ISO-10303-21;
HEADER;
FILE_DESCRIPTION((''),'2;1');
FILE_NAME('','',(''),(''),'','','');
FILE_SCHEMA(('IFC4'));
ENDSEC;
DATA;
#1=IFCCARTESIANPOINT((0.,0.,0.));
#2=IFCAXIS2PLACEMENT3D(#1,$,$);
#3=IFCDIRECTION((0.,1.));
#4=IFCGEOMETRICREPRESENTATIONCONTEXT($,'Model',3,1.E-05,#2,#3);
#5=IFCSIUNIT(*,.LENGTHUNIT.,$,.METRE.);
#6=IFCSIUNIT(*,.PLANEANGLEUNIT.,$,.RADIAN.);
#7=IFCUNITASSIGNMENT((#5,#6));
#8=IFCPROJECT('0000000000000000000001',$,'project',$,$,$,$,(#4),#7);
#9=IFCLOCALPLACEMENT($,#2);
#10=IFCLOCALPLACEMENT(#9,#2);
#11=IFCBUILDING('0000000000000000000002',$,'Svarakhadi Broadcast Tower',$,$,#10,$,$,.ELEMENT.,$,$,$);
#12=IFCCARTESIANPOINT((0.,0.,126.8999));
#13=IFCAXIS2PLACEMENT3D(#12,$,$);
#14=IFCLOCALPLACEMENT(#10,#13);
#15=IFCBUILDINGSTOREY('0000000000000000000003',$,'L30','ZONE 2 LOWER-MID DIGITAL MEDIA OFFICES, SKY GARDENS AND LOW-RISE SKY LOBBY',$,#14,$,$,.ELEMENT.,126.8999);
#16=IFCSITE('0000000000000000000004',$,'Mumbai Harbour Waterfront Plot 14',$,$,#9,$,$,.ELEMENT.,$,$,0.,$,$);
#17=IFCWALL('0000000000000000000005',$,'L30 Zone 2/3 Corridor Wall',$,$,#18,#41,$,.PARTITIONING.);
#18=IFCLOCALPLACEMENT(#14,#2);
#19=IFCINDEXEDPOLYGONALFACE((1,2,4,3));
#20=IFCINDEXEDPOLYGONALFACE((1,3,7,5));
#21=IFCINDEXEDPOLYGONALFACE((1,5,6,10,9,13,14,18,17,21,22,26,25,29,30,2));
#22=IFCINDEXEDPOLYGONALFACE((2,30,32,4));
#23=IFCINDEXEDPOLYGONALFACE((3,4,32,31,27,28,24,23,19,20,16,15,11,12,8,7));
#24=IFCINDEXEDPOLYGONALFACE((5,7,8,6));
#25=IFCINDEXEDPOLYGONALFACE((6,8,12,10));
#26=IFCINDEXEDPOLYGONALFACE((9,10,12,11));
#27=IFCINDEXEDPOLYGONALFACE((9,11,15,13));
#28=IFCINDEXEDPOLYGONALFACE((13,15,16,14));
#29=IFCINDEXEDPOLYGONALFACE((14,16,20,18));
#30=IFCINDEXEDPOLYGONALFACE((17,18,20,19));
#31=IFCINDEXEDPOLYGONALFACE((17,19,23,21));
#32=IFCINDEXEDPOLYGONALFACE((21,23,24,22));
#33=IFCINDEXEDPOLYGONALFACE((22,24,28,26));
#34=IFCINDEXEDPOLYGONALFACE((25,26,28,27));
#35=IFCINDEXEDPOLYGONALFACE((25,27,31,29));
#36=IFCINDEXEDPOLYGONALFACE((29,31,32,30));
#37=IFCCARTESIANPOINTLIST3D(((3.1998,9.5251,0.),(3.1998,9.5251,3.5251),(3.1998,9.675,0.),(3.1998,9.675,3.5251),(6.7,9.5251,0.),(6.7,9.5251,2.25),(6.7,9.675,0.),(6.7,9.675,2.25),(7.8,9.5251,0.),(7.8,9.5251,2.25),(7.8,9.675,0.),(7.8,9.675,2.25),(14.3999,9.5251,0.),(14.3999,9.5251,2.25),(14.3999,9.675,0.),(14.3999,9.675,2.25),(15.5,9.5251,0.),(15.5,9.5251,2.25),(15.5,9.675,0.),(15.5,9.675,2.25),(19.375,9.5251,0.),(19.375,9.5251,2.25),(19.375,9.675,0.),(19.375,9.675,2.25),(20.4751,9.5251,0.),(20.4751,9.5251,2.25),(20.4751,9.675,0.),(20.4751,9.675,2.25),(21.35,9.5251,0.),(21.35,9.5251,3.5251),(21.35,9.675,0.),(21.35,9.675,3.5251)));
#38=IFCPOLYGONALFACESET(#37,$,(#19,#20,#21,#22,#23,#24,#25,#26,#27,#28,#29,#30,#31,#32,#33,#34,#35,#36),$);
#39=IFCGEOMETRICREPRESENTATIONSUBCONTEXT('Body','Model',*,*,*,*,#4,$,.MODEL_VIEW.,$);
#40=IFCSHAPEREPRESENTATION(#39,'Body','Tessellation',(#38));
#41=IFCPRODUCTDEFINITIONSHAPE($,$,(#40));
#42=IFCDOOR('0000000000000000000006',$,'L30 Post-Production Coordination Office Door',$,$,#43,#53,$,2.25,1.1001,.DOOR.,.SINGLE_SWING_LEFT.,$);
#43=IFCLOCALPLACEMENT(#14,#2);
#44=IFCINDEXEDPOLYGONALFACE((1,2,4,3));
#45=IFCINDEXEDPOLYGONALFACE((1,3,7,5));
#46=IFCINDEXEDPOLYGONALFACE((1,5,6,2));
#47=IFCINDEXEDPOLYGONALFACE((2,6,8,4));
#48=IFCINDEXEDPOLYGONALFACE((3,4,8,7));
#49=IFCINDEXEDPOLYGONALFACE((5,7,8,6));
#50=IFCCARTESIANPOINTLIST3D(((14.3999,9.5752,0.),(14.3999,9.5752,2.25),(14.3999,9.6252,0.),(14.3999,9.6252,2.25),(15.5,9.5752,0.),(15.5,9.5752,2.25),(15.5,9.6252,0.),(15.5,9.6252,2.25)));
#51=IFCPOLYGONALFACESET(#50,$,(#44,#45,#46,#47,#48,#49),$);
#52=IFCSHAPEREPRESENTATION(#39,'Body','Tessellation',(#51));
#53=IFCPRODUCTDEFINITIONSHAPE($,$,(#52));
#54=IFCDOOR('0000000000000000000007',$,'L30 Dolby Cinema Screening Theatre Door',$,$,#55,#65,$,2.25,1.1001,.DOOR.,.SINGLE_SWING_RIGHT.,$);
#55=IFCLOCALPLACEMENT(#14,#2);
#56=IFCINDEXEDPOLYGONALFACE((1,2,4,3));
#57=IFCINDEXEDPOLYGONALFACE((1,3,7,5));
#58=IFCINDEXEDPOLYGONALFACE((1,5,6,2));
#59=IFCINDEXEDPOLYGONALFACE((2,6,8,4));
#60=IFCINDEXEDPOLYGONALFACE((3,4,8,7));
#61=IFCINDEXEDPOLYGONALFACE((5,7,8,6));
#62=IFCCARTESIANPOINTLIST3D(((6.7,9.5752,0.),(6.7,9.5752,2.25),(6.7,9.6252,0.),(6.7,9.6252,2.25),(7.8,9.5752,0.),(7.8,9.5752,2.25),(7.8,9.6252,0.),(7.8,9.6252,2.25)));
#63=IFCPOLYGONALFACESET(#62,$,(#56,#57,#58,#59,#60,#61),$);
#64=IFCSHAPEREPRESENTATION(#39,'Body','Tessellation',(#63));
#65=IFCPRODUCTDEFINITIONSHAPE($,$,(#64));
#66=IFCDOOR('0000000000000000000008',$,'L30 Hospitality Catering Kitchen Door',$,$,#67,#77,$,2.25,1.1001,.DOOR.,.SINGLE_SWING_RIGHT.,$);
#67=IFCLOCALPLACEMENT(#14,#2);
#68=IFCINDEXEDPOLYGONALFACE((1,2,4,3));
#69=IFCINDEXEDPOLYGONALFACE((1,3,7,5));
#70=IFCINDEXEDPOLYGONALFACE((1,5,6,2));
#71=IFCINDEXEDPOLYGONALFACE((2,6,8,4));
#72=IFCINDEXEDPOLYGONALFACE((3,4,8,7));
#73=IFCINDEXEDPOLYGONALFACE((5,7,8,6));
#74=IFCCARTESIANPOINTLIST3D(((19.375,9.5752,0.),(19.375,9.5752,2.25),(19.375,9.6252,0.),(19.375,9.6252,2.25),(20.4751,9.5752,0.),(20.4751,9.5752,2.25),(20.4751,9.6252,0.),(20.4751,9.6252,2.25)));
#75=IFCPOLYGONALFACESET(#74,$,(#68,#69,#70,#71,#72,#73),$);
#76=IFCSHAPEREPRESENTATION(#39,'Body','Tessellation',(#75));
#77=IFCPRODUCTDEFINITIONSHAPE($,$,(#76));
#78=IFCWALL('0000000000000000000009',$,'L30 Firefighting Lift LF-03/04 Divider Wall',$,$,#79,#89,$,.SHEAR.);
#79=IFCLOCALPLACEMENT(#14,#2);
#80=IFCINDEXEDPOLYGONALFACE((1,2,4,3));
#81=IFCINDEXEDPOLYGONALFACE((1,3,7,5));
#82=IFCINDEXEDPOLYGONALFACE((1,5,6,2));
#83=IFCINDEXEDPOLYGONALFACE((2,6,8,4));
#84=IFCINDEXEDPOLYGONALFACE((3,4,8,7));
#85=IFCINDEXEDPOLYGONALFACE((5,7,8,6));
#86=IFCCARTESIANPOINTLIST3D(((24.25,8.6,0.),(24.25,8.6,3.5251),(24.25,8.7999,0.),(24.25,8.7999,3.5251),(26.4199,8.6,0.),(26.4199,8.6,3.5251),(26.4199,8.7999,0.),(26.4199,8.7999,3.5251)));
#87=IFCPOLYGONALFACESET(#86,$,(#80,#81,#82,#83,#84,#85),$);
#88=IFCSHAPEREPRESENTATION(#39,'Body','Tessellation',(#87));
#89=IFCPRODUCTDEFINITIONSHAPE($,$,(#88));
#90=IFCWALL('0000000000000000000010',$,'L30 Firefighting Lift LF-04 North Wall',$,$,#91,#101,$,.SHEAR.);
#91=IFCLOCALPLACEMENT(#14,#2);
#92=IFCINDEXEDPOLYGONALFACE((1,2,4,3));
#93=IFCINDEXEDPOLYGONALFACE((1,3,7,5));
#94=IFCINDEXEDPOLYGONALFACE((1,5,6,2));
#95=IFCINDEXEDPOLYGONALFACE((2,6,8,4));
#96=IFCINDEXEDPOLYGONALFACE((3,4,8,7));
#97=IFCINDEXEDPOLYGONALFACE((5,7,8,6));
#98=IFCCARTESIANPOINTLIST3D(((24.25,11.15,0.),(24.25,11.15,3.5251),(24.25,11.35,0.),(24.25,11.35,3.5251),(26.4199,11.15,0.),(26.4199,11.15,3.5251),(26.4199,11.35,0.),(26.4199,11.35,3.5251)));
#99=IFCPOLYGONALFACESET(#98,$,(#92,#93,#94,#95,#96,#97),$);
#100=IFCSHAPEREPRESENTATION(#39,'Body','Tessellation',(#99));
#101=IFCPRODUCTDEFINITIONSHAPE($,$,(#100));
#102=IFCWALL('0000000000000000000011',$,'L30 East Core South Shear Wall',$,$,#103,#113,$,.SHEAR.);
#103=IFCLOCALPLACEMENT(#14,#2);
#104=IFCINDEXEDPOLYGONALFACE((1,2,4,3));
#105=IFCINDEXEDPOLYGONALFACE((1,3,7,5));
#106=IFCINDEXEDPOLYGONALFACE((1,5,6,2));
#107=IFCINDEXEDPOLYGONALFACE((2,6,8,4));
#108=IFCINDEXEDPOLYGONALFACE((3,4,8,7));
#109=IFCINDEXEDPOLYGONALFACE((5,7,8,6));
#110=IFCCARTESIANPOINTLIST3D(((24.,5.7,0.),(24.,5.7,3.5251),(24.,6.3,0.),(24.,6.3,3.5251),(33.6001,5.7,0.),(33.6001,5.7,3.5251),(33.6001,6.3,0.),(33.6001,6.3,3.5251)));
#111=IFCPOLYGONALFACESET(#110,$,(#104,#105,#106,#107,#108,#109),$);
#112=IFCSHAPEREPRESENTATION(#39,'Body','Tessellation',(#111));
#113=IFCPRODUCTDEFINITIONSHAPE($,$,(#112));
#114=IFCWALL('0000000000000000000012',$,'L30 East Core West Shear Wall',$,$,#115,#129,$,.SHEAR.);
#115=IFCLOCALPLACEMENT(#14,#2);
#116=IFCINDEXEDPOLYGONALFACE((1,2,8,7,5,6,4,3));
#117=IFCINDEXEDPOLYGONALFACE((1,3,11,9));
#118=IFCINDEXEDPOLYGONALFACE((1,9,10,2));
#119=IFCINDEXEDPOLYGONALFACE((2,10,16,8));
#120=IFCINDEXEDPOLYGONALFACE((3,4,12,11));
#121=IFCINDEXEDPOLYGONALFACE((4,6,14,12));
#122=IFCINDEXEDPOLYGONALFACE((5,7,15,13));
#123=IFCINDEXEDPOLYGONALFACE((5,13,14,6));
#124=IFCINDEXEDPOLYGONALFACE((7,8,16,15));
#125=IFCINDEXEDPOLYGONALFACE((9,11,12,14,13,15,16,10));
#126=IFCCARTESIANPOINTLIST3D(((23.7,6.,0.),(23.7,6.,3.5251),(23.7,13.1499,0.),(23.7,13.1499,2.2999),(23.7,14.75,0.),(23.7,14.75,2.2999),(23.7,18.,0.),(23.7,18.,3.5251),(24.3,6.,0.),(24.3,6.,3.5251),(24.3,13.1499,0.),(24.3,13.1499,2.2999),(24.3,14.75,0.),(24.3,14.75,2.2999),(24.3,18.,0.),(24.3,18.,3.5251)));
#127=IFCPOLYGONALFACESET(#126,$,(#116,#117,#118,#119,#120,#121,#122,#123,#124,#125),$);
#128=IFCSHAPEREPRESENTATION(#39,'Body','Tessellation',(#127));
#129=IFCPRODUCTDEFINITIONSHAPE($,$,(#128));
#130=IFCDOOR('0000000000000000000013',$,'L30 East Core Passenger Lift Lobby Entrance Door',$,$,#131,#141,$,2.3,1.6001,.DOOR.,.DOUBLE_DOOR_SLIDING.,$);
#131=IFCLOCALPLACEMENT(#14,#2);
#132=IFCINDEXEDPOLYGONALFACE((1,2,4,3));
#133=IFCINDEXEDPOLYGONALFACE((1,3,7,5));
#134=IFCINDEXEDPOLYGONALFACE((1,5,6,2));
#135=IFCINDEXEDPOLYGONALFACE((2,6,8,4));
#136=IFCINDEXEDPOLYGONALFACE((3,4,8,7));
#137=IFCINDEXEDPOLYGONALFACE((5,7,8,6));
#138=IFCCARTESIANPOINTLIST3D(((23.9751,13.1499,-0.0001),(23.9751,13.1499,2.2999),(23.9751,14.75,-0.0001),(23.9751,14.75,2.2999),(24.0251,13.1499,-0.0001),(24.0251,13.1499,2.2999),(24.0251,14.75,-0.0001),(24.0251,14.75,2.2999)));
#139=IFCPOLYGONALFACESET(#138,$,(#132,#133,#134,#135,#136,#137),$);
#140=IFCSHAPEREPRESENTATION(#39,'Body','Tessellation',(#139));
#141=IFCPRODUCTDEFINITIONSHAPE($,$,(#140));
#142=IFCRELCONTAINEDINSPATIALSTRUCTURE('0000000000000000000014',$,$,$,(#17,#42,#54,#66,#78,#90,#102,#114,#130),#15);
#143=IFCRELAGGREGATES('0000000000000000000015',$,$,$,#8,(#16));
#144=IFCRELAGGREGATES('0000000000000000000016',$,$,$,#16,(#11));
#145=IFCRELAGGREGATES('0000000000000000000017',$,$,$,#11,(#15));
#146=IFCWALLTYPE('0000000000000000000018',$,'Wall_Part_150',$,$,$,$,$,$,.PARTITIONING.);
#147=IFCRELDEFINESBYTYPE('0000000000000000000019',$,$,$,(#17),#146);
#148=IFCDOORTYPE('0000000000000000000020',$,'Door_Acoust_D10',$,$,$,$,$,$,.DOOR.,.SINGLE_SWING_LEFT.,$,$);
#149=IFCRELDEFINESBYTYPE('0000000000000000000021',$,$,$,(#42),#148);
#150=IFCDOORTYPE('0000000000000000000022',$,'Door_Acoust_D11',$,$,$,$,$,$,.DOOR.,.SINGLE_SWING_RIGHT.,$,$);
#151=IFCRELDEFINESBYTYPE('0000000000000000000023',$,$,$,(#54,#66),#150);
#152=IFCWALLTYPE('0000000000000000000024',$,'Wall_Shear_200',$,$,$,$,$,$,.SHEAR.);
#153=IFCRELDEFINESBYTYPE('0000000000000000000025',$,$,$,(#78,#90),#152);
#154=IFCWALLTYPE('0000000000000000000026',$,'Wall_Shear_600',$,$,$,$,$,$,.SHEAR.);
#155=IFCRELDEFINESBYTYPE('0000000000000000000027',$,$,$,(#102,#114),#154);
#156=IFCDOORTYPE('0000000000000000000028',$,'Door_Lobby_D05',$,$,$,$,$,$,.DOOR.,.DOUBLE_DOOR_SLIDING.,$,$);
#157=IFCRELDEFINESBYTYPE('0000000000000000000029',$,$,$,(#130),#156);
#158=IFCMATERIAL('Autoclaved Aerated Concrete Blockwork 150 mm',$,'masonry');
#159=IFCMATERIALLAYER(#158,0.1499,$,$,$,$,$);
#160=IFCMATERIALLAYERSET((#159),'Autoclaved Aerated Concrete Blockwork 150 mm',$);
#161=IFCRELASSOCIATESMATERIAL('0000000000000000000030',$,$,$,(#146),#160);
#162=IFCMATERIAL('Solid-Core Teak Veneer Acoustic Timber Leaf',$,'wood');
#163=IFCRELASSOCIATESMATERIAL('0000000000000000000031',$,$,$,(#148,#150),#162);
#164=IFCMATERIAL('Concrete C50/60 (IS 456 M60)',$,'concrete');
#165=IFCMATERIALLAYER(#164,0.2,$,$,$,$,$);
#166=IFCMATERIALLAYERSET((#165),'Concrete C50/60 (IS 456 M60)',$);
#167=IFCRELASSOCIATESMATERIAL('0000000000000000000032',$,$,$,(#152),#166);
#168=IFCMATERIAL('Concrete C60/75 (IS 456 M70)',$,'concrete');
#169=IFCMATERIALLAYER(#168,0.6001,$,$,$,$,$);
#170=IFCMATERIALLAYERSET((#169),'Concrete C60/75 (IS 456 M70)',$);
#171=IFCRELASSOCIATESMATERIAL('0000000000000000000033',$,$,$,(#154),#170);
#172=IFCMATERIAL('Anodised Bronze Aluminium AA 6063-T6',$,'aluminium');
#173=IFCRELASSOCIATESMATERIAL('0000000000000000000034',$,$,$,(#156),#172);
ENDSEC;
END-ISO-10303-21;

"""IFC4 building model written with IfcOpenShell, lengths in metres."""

from ifc_helpers import new_model, si_unit, direction, frame, frame_2d, origin, place, context, subcontext, project, spatial, rectangle, extrude, material, layer, layer_set, type_object, element, fill, save


model = new_model("IFC4")

# Units and contexts
model_context = context("Model", 3, precision=1e-05, world=origin(), true_north=direction((0.0, 1.0)))
body_context = subcontext(model_context, "Body", "Model", "MODEL_VIEW")
ifc_project = project(units=[si_unit("LENGTHUNIT", "METRE"), si_unit("PLANEANGLEUNIT", "RADIAN")], contexts=[model_context])

# Site, building, storey
site_placement = place(None, origin())
site = spatial("IfcSite", under=ifc_project, at=site_placement, Name="Mumbai Harbour Waterfront Plot 14", CompositionType="ELEMENT", RefElevation=0.0)
building_placement = place(site_placement, origin())
building = spatial("IfcBuilding", under=site, at=building_placement, Name="Svarakhadi Broadcast Tower", CompositionType="ELEMENT")
storey_placement = place(building_placement, frame((0.0, 0.0, 126.8999)))
storey = spatial("IfcBuildingStorey", under=building, at=storey_placement, Name="L30", Description="ZONE 2 LOWER-MID DIGITAL MEDIA OFFICES, SKY GARDENS AND LOW-RISE SKY LOBBY", CompositionType="ELEMENT", Elevation=126.8999)

# Shared definitions
ifc_material_1 = material(Name="Concrete C50/60 (IS 456 M60)", Category="concrete")

# Shared definitions
ifc_material_2 = material(Name="Autoclaved Aerated Concrete Blockwork 150 mm", Category="masonry")
ifc_layer_1 = layer(ifc_material_2, 0.1499)
ifc_layer_set_1 = layer_set([ifc_layer_1], Name="Autoclaved Aerated Concrete Blockwork 150 mm")
wall_type_1 = type_object("IfcWallType", Name="Wall_Part_150", PredefinedType="PARTITIONING", material=ifc_layer_set_1)

# Wall, openings, doors
wall_1_placement = place(storey_placement, frame((21.3501, 9.6001, 0.0), z_axis=(0.0, 0.0, 1.0), x_axis=(-1.0, 0.0, 0.0)))
wall_1 = element("IfcWall", 1, at=wall_1_placement, inside=storey, type_object=wall_type_1, Name="L30 Zone 2/3 Corridor Wall", PredefinedType="PARTITIONING", context=body_context, shape_type="SweptSolid", body=[
    extrude(rectangle(XDim=18.1501, YDim=0.1499, at=frame_2d((9.0752, 0.0))), origin(), (0.0, 0.0, 1.0), 3.5251),
])
opening_1_placement = place(wall_1_placement, frame((13.55, 0.0, 0.0)))
opening_1 = element("IfcOpeningElement", 2, at=opening_1_placement, cuts=wall_1, PredefinedType="OPENING", context=body_context, shape_type="SweptSolid", body=[
    extrude(rectangle(XDim=1.1001, YDim=2.25, at=frame_2d((0.55, 1.125))), frame((0.0, 0.085, 0.0), z_axis=(0.0, -1.0, 0.0), x_axis=(1.0, 0.0, 0.0)), (0.0, 0.0, 1.0), 0.1699),
])
opening_2_placement = place(wall_1_placement, frame((5.8501, 0.0, 0.0)))
opening_2 = element("IfcOpeningElement", 3, at=opening_2_placement, cuts=wall_1, PredefinedType="OPENING", context=body_context, shape_type="SweptSolid", body=[
    extrude(rectangle(XDim=1.1001, YDim=2.25, at=frame_2d((0.55, 1.125))), frame((0.0, 0.085, 0.0), z_axis=(0.0, -1.0, 0.0), x_axis=(1.0, 0.0, 0.0)), (0.0, 0.0, 1.0), 0.1699),
])
opening_3_placement = place(wall_1_placement, frame((0.875, 0.0, 0.0)))
opening_3 = element("IfcOpeningElement", 4, at=opening_3_placement, cuts=wall_1, PredefinedType="OPENING", context=body_context, shape_type="SweptSolid", body=[
    extrude(rectangle(XDim=1.1001, YDim=2.25, at=frame_2d((0.55, 1.125))), frame((0.0, 0.085, 0.0), z_axis=(0.0, -1.0, 0.0), x_axis=(1.0, 0.0, 0.0)), (0.0, 0.0, 1.0), 0.1699),
])
ifc_material_3 = material(Name="Solid-Core Teak Veneer Acoustic Timber Leaf", Category="wood")
door_type_1 = type_object("IfcDoorType", Name="Door_Acoust_D10", OperationType="SINGLE_SWING_LEFT", PredefinedType="DOOR", material=ifc_material_3)
door_1_placement = place(opening_2_placement, origin())
door_1 = element("IfcDoor", 5, at=door_1_placement, inside=storey, type_object=door_type_1, Name="L30 Post-Production Coordination Office Door", OperationType="SINGLE_SWING_LEFT", OverallHeight=2.25, OverallWidth=1.1001, PredefinedType="DOOR", context=body_context, shape_type="SweptSolid", body=[
    extrude(rectangle(XDim=1.1001, YDim=2.25, at=frame_2d((0.55, 1.125))), frame((0.0, 0.0249, 0.0), z_axis=(0.0, -1.0, 0.0), x_axis=(1.0, 0.0, 0.0)), (0.0, 0.0, 1.0), 0.05),
])
fill(opening_2, door_1)
door_type_2 = type_object("IfcDoorType", Name="Door_Acoust_D11", OperationType="SINGLE_SWING_RIGHT", PredefinedType="DOOR", material=ifc_material_3)
door_2_placement = place(opening_1_placement, origin())
door_2 = element("IfcDoor", 6, at=door_2_placement, inside=storey, type_object=door_type_2, Name="L30 Dolby Cinema Screening Theatre Door", OperationType="SINGLE_SWING_RIGHT", OverallHeight=2.25, OverallWidth=1.1001, PredefinedType="DOOR", context=body_context, shape_type="SweptSolid", body=[
    extrude(rectangle(XDim=1.1001, YDim=2.25, at=frame_2d((0.55, 1.125))), frame((0.0, 0.0249, 0.0), z_axis=(0.0, -1.0, 0.0), x_axis=(1.0, 0.0, 0.0)), (0.0, 0.0, 1.0), 0.05),
])
fill(opening_1, door_2)
door_3_placement = place(opening_3_placement, origin())
door_3 = element("IfcDoor", 7, at=door_3_placement, inside=storey, type_object=door_type_2, Name="L30 Hospitality Catering Kitchen Door", OperationType="SINGLE_SWING_RIGHT", OverallHeight=2.25, OverallWidth=1.1001, PredefinedType="DOOR", context=body_context, shape_type="SweptSolid", body=[
    extrude(rectangle(XDim=1.1001, YDim=2.25, at=frame_2d((0.55, 1.125))), frame((0.0, 0.0249, 0.0), z_axis=(0.0, -1.0, 0.0), x_axis=(1.0, 0.0, 0.0)), (0.0, 0.0, 1.0), 0.05),
])
fill(opening_3, door_3)

# Walls
ifc_layer_2 = layer(ifc_material_1, 0.2)
ifc_layer_set_2 = layer_set([ifc_layer_2], Name="Concrete C50/60 (IS 456 M60)")
wall_type_2 = type_object("IfcWallType", Name="Wall_Shear_200", PredefinedType="SHEAR", material=ifc_layer_set_2)
for number, where, z_axis, x_axis, name in (
    (8, (24.25, 8.7, 0.0), (0.0, 0.0, 1.0), (1.0, 0.0, 0.0), "L30 Firefighting Lift LF-03/04 Divider Wall"),
    (9, (24.25, 11.25, 0.0), (0.0, 0.0, 1.0), (1.0, 0.0, 0.0), "L30 Firefighting Lift LF-04 North Wall"),
):
    element("IfcWall", number, at=place(storey_placement, frame(where, z_axis=z_axis, x_axis=x_axis)), inside=storey, type_object=wall_type_2, Name=name, PredefinedType="SHEAR", context=body_context, shape_type="SweptSolid", body=[
        extrude(rectangle(XDim=2.1699, YDim=0.2, at=frame_2d((1.085, 0.0))), origin(), (0.0, 0.0, 1.0), 3.5251),
    ])
ifc_material_4 = material(Name="Concrete C60/75 (IS 456 M70)", Category="concrete")
ifc_layer_3 = layer(ifc_material_4, 0.6001)
ifc_layer_set_3 = layer_set([ifc_layer_3], Name="Concrete C60/75 (IS 456 M70)")
wall_type_3 = type_object("IfcWallType", Name="Wall_Shear_600", PredefinedType="SHEAR", material=ifc_layer_set_3)
wall_2_placement = place(storey_placement, frame((24.0, 6.0, 0.0), z_axis=(0.0, 0.0, 1.0), x_axis=(1.0, 0.0, 0.0)))
element("IfcWall", 10, at=wall_2_placement, inside=storey, type_object=wall_type_3, Name="L30 East Core South Shear Wall", PredefinedType="SHEAR", context=body_context, shape_type="SweptSolid", body=[
    extrude(rectangle(XDim=9.6001, YDim=0.6001, at=frame_2d((4.8, 0.0))), origin(), (0.0, 0.0, 1.0), 3.5251),
])

# Wall, opening, door
wall_3_placement = place(storey_placement, frame((24.0, 6.0, 0.0), z_axis=(0.0, 0.0, 1.0), x_axis=(0.0, 1.0, 0.0)))
wall_3 = element("IfcWall", 11, at=wall_3_placement, inside=storey, type_object=wall_type_3, Name="L30 East Core West Shear Wall", PredefinedType="SHEAR", context=body_context, shape_type="SweptSolid", body=[
    extrude(rectangle(XDim=12.0, YDim=0.6001, at=frame_2d((6.0, 0.0))), origin(), (0.0, 0.0, 1.0), 3.5251),
])
opening_4_placement = place(wall_3_placement, frame((7.1499, 0.0, 0.0)))
opening_4 = element("IfcOpeningElement", 12, at=opening_4_placement, cuts=wall_3, PredefinedType="OPENING", context=body_context, shape_type="SweptSolid", body=[
    extrude(rectangle(XDim=1.6001, YDim=2.3, at=frame_2d((0.8, 1.1499))), frame((0.0, 0.3101, 0.0), z_axis=(0.0, -1.0, 0.0), x_axis=(1.0, 0.0, 0.0)), (0.0, 0.0, 1.0), 0.6201),
])
ifc_material_5 = material(Name="Anodised Bronze Aluminium AA 6063-T6", Category="aluminium")
door_type_3 = type_object("IfcDoorType", Name="Door_Lobby_D05", OperationType="DOUBLE_DOOR_SLIDING", PredefinedType="DOOR", material=ifc_material_5)
door_4_placement = place(opening_4_placement, origin())
door_4 = element("IfcDoor", 13, at=door_4_placement, inside=storey, type_object=door_type_3, Name="L30 East Core Passenger Lift Lobby Entrance Door", OperationType="DOUBLE_DOOR_SLIDING", OverallHeight=2.3, OverallWidth=1.6001, PredefinedType="DOOR", context=body_context, shape_type="SweptSolid", body=[
    extrude(rectangle(XDim=1.6001, YDim=2.3, at=frame_2d((0.8, 1.1499))), frame((0.0, 0.0249, 0.0), z_axis=(0.0, -1.0, 0.0), x_axis=(1.0, 0.0, 0.0)), (0.0, 0.0, 1.0), 0.05),
])
fill(opening_4, door_4)

save(model, "model.ifc")
